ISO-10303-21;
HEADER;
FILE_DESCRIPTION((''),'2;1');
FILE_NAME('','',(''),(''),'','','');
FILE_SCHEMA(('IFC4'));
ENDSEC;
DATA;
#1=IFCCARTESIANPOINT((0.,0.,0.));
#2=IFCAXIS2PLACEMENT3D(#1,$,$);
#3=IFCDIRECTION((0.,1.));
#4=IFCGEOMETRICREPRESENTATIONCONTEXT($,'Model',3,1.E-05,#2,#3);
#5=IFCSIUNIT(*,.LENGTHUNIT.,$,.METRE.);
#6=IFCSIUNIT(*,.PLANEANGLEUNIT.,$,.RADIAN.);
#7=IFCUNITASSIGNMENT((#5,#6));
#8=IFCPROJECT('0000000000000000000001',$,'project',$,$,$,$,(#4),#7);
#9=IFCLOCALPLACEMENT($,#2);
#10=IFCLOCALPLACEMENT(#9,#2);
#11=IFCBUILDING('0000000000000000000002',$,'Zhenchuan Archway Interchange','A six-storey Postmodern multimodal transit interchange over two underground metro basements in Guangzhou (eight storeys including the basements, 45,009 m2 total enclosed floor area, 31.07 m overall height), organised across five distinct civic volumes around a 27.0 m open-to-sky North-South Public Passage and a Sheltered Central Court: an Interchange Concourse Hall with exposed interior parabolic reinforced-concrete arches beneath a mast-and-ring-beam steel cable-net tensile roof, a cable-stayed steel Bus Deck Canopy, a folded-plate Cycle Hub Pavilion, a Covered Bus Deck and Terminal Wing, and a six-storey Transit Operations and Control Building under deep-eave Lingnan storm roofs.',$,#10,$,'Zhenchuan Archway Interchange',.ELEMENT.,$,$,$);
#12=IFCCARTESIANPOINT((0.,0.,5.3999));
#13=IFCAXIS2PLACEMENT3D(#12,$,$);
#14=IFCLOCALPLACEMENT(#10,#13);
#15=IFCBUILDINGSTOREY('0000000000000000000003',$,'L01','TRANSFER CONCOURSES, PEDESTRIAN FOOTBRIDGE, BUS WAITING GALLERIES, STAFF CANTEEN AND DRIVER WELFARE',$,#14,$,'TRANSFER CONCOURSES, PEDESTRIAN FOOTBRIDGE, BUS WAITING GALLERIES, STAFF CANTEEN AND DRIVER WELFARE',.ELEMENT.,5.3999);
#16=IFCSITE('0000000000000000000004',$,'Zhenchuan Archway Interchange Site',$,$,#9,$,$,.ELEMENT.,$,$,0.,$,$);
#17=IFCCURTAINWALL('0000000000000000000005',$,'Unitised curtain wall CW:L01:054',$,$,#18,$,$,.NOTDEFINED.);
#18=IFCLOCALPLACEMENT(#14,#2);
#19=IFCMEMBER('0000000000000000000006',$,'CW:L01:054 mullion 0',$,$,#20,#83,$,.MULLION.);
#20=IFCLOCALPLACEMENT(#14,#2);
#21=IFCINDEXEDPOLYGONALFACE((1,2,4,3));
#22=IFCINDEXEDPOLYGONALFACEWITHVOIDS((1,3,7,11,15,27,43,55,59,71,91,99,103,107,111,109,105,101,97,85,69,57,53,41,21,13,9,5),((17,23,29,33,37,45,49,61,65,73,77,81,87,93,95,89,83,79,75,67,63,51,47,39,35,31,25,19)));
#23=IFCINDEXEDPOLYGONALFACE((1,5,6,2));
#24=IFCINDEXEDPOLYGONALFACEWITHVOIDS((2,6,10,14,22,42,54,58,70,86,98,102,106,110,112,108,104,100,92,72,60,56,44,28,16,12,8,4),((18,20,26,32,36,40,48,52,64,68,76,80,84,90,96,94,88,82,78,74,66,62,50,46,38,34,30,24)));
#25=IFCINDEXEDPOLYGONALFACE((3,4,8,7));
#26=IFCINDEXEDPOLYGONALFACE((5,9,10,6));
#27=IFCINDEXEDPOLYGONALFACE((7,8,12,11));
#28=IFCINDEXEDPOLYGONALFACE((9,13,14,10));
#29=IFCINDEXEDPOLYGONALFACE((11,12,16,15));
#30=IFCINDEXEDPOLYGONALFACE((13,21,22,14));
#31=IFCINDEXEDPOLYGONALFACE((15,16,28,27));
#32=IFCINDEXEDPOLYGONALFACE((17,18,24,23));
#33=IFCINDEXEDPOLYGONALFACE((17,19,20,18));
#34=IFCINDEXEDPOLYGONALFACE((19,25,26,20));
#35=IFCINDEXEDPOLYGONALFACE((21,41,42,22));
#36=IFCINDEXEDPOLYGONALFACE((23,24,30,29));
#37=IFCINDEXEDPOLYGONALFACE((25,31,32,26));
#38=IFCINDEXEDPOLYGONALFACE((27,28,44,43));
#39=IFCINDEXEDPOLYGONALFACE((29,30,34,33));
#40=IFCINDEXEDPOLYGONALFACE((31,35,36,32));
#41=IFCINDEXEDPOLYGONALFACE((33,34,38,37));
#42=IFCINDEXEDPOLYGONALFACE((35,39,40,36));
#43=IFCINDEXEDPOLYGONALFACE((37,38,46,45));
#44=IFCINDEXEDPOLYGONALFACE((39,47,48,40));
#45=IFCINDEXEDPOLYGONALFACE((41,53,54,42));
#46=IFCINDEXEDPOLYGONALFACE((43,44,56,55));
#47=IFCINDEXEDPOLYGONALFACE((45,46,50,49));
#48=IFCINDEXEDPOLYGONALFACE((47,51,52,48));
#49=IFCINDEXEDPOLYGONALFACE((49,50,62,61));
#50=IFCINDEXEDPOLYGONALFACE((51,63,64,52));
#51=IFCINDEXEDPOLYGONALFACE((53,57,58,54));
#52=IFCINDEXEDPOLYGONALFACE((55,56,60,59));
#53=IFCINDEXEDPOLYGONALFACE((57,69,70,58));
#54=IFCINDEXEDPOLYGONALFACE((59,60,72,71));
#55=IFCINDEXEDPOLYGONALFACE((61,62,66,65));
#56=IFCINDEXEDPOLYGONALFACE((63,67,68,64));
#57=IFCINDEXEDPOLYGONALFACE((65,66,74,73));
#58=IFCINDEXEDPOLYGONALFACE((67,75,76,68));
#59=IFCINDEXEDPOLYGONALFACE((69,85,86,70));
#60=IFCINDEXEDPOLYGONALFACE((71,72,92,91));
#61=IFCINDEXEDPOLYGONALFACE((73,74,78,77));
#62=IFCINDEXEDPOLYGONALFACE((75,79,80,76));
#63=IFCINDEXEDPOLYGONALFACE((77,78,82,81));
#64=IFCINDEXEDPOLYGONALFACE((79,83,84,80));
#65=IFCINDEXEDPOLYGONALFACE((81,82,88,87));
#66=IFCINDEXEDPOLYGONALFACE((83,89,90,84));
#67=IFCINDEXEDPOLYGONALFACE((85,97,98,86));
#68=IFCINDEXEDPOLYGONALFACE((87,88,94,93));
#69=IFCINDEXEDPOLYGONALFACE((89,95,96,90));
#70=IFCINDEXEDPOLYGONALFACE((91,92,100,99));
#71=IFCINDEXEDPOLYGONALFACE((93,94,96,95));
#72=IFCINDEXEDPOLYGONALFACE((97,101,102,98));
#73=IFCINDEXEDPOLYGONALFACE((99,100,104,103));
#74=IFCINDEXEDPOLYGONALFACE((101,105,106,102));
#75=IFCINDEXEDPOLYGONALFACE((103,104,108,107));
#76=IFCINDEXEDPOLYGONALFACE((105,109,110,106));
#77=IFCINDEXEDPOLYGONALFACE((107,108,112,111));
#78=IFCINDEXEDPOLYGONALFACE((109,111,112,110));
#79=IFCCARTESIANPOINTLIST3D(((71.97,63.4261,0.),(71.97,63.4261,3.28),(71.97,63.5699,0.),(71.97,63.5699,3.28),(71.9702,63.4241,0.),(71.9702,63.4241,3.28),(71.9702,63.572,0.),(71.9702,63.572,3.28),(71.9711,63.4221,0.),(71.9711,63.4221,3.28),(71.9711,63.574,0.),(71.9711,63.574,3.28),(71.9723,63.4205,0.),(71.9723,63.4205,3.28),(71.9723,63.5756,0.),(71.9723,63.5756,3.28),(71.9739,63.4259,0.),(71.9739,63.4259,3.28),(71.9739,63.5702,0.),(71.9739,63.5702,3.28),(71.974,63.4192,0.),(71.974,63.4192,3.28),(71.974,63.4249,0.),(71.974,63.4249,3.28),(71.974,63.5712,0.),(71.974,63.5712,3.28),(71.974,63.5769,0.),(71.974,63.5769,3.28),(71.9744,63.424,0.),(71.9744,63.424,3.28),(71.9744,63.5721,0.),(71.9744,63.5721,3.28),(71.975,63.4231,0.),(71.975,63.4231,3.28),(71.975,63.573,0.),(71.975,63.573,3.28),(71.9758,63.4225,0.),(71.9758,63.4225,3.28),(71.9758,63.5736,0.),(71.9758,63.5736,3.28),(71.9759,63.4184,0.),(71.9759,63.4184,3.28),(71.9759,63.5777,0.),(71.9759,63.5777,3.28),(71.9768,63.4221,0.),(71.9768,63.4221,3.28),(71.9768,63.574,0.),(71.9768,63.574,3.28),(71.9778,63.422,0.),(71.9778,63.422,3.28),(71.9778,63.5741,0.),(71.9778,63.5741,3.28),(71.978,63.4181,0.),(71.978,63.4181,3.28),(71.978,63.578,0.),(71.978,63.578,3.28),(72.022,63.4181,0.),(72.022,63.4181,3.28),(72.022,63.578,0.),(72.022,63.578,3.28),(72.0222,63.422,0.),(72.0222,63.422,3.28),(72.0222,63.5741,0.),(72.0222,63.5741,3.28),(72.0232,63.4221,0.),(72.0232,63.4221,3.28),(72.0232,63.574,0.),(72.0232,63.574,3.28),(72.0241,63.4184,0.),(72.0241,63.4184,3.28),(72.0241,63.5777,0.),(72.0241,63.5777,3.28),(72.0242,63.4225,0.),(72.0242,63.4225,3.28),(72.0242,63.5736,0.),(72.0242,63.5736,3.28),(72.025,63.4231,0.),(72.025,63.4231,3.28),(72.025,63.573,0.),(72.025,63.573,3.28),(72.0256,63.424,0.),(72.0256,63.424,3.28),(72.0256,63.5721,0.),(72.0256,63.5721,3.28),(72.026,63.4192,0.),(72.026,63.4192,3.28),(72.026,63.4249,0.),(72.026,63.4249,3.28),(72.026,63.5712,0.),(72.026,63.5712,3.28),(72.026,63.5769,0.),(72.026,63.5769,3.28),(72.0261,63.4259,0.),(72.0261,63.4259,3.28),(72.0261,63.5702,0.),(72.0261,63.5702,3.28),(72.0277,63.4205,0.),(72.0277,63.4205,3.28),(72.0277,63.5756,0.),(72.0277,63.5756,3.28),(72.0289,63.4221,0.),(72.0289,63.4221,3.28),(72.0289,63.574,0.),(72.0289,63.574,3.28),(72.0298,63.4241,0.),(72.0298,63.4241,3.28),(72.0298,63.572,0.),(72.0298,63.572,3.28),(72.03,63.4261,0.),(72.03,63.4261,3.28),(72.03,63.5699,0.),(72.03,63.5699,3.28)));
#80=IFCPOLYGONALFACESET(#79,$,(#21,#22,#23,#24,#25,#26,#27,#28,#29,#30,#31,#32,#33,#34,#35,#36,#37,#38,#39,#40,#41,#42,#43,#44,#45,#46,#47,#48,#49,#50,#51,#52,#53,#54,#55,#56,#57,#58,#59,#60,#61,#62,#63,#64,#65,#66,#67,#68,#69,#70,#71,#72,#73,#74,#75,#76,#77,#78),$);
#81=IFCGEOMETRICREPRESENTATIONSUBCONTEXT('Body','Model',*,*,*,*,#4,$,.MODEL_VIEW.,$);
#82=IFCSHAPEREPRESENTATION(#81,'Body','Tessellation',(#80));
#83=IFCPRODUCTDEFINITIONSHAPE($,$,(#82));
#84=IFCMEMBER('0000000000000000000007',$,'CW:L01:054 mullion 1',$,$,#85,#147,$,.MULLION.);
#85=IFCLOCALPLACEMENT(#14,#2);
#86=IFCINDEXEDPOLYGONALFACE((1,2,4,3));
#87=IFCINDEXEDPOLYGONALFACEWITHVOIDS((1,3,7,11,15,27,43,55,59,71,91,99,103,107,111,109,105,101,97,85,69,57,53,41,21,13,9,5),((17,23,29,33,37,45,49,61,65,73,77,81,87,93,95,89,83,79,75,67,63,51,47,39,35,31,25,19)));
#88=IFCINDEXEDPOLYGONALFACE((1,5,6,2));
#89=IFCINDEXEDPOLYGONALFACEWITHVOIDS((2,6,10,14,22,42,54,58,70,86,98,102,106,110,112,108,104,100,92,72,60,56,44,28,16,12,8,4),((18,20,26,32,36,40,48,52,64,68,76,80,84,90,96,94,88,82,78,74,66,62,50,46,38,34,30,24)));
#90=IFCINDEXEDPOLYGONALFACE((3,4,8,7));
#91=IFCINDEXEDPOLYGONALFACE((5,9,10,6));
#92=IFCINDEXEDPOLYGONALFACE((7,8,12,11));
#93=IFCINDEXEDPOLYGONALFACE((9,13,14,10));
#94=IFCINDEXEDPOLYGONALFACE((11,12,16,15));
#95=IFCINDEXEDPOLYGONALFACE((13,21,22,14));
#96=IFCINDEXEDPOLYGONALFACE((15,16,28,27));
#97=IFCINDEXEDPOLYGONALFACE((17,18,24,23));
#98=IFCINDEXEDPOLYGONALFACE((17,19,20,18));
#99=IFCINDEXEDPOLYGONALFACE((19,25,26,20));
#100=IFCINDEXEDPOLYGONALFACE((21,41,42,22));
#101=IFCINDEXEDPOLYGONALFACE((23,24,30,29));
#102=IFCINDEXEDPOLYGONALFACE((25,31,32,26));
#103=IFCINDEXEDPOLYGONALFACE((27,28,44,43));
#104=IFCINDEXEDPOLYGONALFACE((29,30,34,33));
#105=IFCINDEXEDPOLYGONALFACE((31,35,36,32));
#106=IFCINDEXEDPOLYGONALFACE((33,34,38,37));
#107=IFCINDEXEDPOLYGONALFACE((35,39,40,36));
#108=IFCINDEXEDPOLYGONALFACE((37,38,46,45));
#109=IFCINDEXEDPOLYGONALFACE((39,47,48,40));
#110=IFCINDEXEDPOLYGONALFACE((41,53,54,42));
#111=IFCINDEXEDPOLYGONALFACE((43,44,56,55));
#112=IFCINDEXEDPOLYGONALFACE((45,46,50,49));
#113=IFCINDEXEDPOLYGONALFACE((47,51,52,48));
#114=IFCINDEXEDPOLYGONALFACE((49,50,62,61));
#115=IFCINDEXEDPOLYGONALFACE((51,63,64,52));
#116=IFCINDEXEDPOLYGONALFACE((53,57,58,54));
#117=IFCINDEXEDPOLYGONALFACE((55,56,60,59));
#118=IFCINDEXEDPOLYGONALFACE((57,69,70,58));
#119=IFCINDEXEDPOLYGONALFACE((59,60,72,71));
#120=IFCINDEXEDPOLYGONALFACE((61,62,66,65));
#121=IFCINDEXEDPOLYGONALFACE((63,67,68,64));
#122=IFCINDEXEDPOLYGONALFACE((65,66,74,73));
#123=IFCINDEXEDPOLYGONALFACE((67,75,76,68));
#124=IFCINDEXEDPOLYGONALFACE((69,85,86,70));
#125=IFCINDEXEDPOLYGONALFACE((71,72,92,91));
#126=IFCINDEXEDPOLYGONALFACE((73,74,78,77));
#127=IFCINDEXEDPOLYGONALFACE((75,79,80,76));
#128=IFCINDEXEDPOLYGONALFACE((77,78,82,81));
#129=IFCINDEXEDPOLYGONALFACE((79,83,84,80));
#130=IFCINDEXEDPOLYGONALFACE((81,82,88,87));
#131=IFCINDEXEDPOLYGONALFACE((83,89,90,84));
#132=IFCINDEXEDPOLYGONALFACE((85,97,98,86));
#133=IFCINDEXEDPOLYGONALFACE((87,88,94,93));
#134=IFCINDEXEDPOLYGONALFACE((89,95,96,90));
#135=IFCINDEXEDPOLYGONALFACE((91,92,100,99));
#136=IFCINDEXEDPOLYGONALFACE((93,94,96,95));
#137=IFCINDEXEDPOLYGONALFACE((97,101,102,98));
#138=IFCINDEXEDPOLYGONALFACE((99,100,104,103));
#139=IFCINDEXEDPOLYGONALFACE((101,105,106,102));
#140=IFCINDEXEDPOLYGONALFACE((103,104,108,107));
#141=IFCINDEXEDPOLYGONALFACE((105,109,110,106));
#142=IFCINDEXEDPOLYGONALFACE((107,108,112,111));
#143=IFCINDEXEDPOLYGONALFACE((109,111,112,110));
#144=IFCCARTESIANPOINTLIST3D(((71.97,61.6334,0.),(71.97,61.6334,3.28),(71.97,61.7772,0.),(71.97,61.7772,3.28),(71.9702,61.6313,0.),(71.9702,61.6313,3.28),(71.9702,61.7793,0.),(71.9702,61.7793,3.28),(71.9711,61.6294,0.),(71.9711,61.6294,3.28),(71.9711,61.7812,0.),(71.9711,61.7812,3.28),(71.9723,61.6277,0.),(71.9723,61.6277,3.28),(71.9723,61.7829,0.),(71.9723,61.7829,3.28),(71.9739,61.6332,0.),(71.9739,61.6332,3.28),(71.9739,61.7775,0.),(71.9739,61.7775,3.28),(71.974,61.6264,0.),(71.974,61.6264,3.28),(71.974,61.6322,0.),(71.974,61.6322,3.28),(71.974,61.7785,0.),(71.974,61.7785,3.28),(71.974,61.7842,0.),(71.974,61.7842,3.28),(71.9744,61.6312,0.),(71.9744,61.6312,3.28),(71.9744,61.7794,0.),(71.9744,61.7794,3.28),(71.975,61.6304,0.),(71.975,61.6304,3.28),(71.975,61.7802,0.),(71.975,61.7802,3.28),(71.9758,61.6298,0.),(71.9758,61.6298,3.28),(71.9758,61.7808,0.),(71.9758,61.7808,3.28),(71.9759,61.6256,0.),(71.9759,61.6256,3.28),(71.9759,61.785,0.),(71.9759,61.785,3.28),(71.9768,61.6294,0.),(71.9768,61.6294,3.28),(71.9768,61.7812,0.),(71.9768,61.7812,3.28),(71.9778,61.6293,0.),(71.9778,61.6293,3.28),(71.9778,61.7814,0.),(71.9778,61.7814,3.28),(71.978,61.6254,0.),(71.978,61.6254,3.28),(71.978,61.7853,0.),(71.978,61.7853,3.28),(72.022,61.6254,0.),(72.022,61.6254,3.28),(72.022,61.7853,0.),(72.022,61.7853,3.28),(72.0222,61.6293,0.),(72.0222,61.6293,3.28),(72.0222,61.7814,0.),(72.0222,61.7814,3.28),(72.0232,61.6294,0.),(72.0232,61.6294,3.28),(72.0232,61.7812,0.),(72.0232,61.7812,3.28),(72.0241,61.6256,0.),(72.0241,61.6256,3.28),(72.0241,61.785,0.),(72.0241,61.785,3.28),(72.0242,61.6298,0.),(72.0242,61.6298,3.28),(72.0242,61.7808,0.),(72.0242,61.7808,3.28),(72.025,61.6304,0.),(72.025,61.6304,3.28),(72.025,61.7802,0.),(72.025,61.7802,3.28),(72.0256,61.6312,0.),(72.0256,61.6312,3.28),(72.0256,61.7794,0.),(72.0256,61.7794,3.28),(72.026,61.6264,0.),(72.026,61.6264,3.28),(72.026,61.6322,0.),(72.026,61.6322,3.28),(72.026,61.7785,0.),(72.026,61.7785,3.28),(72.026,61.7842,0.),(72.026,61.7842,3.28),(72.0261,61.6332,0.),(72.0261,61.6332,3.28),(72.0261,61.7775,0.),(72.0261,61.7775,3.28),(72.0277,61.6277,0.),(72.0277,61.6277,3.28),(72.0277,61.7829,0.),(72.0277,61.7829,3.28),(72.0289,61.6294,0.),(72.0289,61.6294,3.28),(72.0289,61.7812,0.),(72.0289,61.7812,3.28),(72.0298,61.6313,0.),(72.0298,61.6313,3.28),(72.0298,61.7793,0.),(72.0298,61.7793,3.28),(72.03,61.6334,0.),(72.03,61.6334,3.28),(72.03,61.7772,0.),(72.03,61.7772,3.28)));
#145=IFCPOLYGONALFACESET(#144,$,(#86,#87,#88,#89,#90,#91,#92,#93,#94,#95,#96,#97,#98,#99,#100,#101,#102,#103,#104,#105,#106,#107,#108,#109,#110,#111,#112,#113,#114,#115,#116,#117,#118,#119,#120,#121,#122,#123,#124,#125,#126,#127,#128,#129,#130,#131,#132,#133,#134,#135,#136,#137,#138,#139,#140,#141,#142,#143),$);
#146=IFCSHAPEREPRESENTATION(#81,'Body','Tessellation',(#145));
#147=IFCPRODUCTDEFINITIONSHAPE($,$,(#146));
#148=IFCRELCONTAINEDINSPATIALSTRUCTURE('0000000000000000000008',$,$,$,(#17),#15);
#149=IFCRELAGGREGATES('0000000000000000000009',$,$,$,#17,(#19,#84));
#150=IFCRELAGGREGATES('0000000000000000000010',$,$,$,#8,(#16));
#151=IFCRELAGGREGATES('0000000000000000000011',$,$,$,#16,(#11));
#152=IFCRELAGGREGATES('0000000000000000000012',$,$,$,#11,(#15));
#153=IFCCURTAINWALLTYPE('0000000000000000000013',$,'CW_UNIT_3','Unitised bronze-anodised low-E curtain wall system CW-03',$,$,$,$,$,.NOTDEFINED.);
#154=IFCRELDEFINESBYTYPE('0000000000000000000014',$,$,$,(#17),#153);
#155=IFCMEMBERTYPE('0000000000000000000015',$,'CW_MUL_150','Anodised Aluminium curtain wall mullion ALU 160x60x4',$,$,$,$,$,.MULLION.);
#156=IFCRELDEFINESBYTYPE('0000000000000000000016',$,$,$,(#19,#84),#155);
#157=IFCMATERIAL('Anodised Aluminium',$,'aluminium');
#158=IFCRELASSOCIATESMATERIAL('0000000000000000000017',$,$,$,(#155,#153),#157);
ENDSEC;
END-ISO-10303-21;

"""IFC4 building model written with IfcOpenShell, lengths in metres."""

from ifc_helpers import new_model, si_unit, direction, frame, origin, origin_2d, place, context, subcontext, project, spatial, hollow_rectangle, extrude, material, material_profile, profile_set, type_object, element, aggregate, save


model = new_model("IFC4")

# Units and contexts
model_context = context("Model", 3, precision=1e-05, world=origin(), true_north=direction((0.0, 1.0)))
body_context = subcontext(model_context, "Body", "Model", "MODEL_VIEW")
ifc_project = project(units=[si_unit("LENGTHUNIT", "METRE"), si_unit("PLANEANGLEUNIT", "RADIAN")], contexts=[model_context])

# Site, building, storey
site_placement = place(None, origin())
site = spatial("IfcSite", under=ifc_project, at=site_placement, Name="Zhenchuan Archway Interchange Site", CompositionType="ELEMENT", RefElevation=0.0)
building_placement = place(site_placement, origin())
building = spatial("IfcBuilding", under=site, at=building_placement, Name="Zhenchuan Archway Interchange", Description="A six-storey Postmodern multimodal transit interchange over two underground metro basements in Guangzhou (eight storeys including the basements, 45,009 m2 total enclosed floor area, 31.07 m overall height), organised across five distinct civic volumes around a 27.0 m open-to-sky North-South Public Passage and a Sheltered Central Court: an Interchange Concourse Hall with exposed interior parabolic reinforced-concrete arches beneath a mast-and-ring-beam steel cable-net tensile roof, a cable-stayed steel Bus Deck Canopy, a folded-plate Cycle Hub Pavilion, a Covered Bus Deck and Terminal Wing, and a six-storey Transit Operations and Control Building under deep-eave Lingnan storm roofs.", LongName="Zhenchuan Archway Interchange", CompositionType="ELEMENT")
storey_placement = place(building_placement, frame((0.0, 0.0, 5.3999)))
storey = spatial("IfcBuildingStorey", under=building, at=storey_placement, Name="L01", Description="TRANSFER CONCOURSES, PEDESTRIAN FOOTBRIDGE, BUS WAITING GALLERIES, STAFF CANTEEN AND DRIVER WELFARE", LongName="TRANSFER CONCOURSES, PEDESTRIAN FOOTBRIDGE, BUS WAITING GALLERIES, STAFF CANTEEN AND DRIVER WELFARE", CompositionType="ELEMENT", Elevation=5.3999)

# Shared definitions
ifc_material_1 = material(Name="Anodised Aluminium", Category="aluminium")
ifc_material_profile_1 = material_profile(ifc_material_1, hollow_rectangle(XDim=0.0601, YDim=0.1599, WallThickness=0.0039, InnerFilletRadius=0.0039, OuterFilletRadius=0.0081, at=origin_2d()), Name="ALU 160x60x4")
ifc_profile_set_1 = profile_set([ifc_material_profile_1], Name="Anodised Aluminium")
member_type_1 = type_object("IfcMemberType", Name="CW_MUL_150", Description="Anodised Aluminium curtain wall mullion ALU 160x60x4", PredefinedType="MULLION", material=ifc_profile_set_1)

# Curtain wall, members
curtain_wall_type_1 = type_object("IfcCurtainWallType", Name="CW_UNIT_3", Description="Unitised bronze-anodised low-E curtain wall system CW-03", PredefinedType="NOTDEFINED", material=ifc_material_1)
curtain_wall_1_placement = place(storey_placement, origin())
curtain_wall_1 = element("IfcCurtainWall", 1, at=curtain_wall_1_placement, inside=storey, type_object=curtain_wall_type_1, Name="Unitised curtain wall CW:L01:054", PredefinedType="NOTDEFINED")
member_1_placement = place(storey_placement, frame((72.0, 63.498, 0.0), z_axis=(0.0, 0.0, 1.0), x_axis=(1.0, 0.0, 0.0)))
member_1 = element("IfcMember", 2, at=member_1_placement, type_object=member_type_1, Name="CW:L01:054 mullion 0", PredefinedType="MULLION", context=body_context, shape_type="SweptSolid", body=[
    extrude(hollow_rectangle(XDim=0.0601, YDim=0.1599, WallThickness=0.0039, InnerFilletRadius=0.0039, OuterFilletRadius=0.0081, at=origin_2d()), origin(), (0.0, 0.0, 1.0), 3.28),
])
member_2_placement = place(storey_placement, frame((72.0, 61.7053, 0.0), z_axis=(0.0, 0.0, 1.0), x_axis=(1.0, 0.0, 0.0)))
member_2 = element("IfcMember", 3, at=member_2_placement, type_object=member_type_1, Name="CW:L01:054 mullion 1", PredefinedType="MULLION", context=body_context, shape_type="SweptSolid", body=[
    extrude(hollow_rectangle(XDim=0.0601, YDim=0.1599, WallThickness=0.0039, InnerFilletRadius=0.0039, OuterFilletRadius=0.0081, at=origin_2d()), origin(), (0.0, 0.0, 1.0), 3.28),
])

aggregate(curtain_wall_1, [member_1, member_2])

save(model, "model.ifc")
